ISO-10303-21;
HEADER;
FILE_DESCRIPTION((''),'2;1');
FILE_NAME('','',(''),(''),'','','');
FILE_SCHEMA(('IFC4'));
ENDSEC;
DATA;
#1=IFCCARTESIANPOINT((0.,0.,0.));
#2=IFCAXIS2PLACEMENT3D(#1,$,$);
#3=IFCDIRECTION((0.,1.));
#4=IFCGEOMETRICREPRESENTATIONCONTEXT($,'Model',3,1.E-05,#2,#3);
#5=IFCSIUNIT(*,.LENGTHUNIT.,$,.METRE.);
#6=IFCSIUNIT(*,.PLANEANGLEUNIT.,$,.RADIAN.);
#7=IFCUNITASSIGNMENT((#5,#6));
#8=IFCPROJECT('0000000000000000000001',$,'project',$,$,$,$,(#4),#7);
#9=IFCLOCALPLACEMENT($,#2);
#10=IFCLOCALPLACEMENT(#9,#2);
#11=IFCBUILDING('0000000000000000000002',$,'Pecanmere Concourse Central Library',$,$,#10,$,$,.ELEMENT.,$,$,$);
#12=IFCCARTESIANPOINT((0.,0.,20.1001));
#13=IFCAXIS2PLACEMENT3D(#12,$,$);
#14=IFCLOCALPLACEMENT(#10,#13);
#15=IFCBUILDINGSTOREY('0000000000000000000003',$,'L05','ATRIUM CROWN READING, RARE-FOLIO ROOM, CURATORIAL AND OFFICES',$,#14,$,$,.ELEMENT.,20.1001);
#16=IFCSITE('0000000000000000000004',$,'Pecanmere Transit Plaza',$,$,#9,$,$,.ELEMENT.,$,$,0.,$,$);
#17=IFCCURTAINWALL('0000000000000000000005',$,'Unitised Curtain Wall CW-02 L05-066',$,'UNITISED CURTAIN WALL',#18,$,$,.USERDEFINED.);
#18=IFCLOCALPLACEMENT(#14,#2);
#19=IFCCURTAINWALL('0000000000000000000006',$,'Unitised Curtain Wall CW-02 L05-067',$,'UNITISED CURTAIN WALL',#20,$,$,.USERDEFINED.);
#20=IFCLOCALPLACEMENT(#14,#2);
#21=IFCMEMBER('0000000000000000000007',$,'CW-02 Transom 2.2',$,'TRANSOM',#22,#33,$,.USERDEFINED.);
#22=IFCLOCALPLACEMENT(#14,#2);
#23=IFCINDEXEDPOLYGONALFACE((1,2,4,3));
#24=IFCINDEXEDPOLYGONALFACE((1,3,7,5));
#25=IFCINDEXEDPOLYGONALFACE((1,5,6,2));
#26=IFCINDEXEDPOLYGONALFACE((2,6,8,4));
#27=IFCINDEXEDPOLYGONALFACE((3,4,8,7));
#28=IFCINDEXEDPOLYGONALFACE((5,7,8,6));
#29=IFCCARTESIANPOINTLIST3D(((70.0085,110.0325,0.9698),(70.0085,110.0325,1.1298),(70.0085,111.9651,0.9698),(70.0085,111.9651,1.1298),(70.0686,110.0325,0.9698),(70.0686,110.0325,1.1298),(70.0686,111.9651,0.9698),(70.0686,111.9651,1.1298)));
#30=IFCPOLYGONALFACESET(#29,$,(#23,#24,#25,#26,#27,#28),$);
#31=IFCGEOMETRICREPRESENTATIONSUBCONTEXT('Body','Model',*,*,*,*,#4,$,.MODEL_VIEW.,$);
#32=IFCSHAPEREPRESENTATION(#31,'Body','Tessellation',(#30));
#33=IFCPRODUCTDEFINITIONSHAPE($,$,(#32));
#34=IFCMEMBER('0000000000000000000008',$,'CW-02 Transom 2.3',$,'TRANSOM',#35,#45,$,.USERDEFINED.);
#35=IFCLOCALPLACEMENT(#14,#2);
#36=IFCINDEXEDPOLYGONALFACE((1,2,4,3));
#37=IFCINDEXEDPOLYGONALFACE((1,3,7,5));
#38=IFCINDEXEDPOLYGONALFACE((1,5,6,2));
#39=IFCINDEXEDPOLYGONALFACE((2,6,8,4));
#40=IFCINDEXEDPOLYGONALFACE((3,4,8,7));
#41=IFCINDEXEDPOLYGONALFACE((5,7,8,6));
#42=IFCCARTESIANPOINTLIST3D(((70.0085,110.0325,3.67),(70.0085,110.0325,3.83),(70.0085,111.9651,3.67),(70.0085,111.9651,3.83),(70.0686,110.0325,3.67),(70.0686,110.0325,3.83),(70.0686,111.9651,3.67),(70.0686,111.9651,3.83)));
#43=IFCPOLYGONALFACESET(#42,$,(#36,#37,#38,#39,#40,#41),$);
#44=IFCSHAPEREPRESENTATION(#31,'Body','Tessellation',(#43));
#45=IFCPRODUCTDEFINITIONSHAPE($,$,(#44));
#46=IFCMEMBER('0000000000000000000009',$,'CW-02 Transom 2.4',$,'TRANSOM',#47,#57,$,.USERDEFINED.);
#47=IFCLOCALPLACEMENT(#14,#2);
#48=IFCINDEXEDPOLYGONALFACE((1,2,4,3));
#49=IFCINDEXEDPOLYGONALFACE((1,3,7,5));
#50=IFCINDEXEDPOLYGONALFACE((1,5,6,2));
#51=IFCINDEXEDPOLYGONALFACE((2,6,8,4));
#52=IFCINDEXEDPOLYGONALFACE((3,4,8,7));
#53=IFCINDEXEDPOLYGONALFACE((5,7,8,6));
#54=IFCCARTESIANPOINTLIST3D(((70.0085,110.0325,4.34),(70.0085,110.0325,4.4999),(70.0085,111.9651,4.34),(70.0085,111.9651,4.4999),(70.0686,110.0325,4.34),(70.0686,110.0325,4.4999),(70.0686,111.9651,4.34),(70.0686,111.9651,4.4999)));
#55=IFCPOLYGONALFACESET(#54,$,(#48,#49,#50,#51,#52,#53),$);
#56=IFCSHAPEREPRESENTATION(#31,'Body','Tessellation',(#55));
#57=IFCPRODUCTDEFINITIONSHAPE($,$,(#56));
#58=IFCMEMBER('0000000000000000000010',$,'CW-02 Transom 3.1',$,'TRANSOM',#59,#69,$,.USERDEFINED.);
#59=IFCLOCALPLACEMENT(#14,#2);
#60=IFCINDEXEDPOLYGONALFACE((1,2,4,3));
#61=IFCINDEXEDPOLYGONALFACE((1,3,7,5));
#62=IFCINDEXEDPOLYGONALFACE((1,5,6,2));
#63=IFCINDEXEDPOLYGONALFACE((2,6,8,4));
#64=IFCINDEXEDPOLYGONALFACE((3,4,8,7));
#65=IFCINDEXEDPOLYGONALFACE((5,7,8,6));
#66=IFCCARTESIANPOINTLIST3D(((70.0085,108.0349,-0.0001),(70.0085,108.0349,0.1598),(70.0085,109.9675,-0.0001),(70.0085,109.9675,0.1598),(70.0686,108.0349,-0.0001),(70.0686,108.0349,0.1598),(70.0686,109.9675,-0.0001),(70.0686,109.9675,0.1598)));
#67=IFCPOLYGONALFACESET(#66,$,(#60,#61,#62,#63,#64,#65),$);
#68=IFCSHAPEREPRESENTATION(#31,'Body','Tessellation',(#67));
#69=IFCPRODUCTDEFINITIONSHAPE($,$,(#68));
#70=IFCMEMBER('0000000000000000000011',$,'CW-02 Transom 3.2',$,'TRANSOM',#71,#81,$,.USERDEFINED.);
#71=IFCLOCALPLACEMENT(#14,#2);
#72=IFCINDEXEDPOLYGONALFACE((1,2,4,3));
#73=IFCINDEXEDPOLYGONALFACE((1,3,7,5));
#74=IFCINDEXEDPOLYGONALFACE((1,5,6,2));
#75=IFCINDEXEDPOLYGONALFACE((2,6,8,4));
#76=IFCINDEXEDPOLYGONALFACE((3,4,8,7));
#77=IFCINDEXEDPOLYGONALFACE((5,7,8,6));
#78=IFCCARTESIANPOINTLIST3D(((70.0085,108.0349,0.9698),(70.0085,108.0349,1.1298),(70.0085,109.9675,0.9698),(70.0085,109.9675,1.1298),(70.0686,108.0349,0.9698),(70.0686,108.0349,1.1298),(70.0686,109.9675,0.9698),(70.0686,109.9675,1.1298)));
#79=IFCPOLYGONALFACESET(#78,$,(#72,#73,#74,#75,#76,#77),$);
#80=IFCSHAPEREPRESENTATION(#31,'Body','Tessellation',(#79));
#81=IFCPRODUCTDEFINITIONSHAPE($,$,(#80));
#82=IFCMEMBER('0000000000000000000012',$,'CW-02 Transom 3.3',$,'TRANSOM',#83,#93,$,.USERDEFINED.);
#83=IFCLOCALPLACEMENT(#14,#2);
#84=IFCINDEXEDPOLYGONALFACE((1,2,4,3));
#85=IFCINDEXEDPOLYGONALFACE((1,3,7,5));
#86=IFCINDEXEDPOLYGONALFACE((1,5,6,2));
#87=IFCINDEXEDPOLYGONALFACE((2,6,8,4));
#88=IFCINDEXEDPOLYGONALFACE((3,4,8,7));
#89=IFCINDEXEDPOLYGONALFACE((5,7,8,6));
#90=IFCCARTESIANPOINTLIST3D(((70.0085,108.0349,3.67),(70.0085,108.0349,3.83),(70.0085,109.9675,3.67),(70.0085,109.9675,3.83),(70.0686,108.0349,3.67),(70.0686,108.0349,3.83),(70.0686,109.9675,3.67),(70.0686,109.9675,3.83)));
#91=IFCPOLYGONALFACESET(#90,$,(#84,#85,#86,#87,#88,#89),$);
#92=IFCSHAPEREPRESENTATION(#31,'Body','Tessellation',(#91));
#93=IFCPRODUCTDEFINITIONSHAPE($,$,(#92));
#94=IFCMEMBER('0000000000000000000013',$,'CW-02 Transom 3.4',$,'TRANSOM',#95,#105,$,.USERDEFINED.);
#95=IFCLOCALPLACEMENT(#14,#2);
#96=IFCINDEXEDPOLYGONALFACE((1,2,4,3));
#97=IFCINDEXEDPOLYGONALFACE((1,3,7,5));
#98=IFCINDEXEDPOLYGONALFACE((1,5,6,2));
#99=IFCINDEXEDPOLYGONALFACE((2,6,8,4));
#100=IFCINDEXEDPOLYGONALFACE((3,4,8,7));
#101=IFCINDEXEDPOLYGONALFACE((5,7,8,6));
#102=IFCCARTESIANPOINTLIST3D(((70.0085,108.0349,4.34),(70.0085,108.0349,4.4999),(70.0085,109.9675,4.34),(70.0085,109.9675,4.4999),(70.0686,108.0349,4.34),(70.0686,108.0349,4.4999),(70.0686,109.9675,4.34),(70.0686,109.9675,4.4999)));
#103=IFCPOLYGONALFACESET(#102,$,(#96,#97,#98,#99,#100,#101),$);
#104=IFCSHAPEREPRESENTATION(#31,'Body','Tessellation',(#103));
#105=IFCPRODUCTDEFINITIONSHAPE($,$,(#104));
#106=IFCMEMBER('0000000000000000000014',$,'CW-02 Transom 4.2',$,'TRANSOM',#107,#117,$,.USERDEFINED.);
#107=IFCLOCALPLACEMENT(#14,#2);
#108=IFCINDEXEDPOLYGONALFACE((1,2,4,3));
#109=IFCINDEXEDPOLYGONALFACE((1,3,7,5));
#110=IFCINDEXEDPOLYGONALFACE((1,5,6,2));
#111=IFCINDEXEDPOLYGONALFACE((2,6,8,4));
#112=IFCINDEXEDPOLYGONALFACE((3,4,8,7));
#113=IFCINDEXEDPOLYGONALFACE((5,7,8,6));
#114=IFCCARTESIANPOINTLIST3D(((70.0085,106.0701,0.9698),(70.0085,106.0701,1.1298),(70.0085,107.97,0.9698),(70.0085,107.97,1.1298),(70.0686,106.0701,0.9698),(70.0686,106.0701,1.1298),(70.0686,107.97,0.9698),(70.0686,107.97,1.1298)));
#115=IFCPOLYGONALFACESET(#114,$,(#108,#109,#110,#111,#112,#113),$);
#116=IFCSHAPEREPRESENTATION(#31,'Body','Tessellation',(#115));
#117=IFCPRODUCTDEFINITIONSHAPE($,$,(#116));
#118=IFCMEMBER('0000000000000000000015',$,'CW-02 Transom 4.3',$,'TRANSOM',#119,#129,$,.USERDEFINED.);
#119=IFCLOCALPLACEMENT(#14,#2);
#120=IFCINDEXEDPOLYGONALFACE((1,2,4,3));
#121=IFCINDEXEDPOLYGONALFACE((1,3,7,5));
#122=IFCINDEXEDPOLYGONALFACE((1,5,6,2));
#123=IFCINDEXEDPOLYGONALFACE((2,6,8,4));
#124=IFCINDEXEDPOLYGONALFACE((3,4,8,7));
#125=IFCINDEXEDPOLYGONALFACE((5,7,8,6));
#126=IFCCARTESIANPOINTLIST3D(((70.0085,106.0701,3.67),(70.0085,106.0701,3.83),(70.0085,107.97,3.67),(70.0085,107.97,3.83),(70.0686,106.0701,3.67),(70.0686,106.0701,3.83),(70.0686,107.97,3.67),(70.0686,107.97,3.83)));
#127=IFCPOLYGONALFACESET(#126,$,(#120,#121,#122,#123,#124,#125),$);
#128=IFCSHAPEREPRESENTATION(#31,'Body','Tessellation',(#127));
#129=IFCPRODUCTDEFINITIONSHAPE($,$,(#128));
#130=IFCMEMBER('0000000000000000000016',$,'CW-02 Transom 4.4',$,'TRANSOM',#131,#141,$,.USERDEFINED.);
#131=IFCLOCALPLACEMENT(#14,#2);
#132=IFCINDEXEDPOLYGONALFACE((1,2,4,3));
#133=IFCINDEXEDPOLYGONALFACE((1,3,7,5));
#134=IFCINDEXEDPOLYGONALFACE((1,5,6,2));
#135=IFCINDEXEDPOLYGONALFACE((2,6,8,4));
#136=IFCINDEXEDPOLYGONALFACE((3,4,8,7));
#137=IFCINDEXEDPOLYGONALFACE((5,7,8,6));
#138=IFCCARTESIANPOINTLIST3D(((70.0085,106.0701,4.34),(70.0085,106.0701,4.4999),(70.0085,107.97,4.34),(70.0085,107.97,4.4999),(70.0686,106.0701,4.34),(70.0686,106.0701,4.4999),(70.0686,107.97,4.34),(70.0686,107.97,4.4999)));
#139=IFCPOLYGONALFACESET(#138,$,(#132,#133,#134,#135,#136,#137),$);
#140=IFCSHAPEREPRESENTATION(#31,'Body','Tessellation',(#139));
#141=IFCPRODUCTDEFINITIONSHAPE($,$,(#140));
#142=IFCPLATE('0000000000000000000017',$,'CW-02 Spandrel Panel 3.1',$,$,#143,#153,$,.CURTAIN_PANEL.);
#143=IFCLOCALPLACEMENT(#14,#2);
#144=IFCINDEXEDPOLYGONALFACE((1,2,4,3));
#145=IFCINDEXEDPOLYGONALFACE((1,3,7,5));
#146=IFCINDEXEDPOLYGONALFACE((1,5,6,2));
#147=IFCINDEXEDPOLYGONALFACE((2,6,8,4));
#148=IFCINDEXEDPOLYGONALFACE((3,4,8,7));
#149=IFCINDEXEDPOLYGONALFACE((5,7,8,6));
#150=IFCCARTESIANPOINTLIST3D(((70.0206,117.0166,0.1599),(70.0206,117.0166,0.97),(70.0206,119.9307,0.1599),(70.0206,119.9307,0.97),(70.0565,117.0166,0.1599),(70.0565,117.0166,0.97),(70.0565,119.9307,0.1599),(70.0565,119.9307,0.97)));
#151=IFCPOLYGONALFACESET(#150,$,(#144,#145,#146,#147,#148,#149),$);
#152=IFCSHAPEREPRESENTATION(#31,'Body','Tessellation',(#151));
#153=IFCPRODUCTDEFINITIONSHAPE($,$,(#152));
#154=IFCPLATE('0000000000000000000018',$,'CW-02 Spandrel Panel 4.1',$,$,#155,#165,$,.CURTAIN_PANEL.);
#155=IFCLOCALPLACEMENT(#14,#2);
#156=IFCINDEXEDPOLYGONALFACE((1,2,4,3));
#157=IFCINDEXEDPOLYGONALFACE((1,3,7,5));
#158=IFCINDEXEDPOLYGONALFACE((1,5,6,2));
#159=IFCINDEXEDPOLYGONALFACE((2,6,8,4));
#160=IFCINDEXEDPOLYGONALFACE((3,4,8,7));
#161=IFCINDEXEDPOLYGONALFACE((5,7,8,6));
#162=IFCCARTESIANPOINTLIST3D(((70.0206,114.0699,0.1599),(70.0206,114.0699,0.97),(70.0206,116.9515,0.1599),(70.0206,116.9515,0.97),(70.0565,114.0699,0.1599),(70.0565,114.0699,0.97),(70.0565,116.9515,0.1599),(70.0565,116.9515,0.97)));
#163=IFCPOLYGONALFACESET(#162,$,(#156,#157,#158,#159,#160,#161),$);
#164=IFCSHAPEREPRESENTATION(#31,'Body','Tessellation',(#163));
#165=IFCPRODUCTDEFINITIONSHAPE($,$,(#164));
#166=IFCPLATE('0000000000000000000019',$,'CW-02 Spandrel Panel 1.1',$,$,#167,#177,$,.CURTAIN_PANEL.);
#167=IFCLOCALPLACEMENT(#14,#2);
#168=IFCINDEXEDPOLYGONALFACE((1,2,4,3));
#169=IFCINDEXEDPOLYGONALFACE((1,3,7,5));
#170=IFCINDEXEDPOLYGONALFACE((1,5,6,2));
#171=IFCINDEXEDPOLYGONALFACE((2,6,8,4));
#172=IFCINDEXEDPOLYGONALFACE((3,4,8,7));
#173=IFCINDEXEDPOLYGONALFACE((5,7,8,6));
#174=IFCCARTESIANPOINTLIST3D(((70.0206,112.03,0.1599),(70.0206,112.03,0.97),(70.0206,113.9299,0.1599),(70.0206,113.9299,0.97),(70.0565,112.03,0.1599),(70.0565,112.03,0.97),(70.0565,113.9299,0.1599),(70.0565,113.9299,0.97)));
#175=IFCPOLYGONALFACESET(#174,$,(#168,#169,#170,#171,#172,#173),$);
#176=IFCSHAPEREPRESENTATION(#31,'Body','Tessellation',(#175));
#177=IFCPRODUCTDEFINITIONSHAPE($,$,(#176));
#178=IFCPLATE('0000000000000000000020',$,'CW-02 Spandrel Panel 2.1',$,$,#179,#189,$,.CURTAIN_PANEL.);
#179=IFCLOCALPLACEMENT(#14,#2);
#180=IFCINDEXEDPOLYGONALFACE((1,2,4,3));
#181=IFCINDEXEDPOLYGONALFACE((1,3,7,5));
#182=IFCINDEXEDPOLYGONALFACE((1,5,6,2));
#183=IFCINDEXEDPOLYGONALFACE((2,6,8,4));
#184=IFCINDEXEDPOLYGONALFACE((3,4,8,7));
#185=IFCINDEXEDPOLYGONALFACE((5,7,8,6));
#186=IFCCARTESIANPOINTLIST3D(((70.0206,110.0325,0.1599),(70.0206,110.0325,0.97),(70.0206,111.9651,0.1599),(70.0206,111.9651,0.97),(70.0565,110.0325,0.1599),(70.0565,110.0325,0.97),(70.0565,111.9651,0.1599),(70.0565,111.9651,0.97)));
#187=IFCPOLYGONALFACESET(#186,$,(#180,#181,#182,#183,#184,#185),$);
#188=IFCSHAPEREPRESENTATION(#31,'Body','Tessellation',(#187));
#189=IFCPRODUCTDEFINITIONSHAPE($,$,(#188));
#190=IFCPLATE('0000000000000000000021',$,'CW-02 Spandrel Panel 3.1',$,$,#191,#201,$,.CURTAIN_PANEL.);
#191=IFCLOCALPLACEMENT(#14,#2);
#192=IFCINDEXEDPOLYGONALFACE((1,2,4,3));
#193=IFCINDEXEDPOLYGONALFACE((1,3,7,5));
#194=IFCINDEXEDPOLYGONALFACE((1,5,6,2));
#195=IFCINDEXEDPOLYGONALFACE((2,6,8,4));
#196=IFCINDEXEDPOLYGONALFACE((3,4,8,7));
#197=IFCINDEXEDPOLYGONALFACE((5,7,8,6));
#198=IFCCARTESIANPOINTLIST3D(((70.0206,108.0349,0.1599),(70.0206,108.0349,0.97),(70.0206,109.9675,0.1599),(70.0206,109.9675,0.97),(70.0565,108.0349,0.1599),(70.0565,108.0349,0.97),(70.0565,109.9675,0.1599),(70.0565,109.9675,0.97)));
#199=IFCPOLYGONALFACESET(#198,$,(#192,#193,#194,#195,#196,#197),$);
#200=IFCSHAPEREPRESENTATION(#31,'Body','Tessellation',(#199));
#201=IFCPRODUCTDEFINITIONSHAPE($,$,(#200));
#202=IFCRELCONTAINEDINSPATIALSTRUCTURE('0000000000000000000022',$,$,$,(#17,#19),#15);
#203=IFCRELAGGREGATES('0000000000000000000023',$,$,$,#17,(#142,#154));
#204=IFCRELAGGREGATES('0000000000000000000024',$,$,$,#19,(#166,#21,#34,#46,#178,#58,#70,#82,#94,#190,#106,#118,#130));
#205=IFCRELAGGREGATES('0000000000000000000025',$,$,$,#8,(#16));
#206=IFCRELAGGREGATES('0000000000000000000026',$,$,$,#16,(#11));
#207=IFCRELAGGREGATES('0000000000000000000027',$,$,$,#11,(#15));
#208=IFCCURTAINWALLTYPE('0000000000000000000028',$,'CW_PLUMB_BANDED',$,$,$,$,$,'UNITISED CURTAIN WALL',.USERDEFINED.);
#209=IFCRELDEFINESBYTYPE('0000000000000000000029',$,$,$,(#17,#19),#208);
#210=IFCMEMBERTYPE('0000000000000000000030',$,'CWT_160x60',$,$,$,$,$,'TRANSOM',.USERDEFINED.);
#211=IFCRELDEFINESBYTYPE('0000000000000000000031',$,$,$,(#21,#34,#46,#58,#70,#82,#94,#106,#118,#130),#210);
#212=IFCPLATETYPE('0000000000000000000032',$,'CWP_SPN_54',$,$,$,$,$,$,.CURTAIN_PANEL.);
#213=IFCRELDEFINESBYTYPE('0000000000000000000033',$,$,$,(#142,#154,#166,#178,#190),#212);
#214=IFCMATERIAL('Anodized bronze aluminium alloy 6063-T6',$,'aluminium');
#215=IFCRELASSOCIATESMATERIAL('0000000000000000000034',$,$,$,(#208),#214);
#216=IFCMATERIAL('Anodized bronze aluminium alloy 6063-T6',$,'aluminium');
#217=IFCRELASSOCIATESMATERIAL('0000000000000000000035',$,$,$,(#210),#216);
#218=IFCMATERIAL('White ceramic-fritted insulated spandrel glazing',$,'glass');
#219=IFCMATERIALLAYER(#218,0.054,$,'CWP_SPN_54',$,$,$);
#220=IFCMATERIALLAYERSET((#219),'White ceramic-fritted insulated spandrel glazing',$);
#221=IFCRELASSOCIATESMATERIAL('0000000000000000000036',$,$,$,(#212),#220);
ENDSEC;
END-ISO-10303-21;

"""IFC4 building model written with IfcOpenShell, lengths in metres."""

from ifc_helpers import new_model, si_unit, direction, frame, origin, origin_2d, place, context, subcontext, project, spatial, rectangle, extrude, material, layer, layer_set, material_profile, profile_set, type_object, element, aggregate, save


model = new_model("IFC4")

# Units and contexts
model_context = context("Model", 3, precision=1e-05, world=origin(), true_north=direction((0.0, 1.0)))
body_context = subcontext(model_context, "Body", "Model", "MODEL_VIEW")
ifc_project = project(units=[si_unit("LENGTHUNIT", "METRE"), si_unit("PLANEANGLEUNIT", "RADIAN")], contexts=[model_context])

# Site, building, storey
site_placement = place(None, origin())
site = spatial("IfcSite", under=ifc_project, at=site_placement, Name="Pecanmere Transit Plaza", CompositionType="ELEMENT", RefElevation=0.0)
building_placement = place(site_placement, origin())
building = spatial("IfcBuilding", under=site, at=building_placement, Name="Pecanmere Concourse Central Library", CompositionType="ELEMENT")
storey_placement = place(building_placement, frame((0.0, 0.0, 20.1001)))
storey = spatial("IfcBuildingStorey", under=building, at=storey_placement, Name="L05", Description="ATRIUM CROWN READING, RARE-FOLIO ROOM, CURATORIAL AND OFFICES", CompositionType="ELEMENT", Elevation=20.1001)

# Curtain walls
ifc_material_1 = material(Name="Anodized bronze aluminium alloy 6063-T6", Category="aluminium")
curtain_wall_type = type_object("IfcCurtainWallType", Name="CW_PLUMB_BANDED", ElementType="UNITISED CURTAIN WALL", PredefinedType="USERDEFINED", material=ifc_material_1)
curtain_wall_1_placement = place(storey_placement, origin())
curtain_wall_1 = element("IfcCurtainWall", 1, at=curtain_wall_1_placement, inside=storey, type_object=curtain_wall_type, Name="Unitised Curtain Wall CW-02 L05-066", ObjectType="UNITISED CURTAIN WALL", PredefinedType="USERDEFINED")
curtain_wall_2_placement = place(storey_placement, origin())
curtain_wall_2 = element("IfcCurtainWall", 2, at=curtain_wall_2_placement, inside=storey, type_object=curtain_wall_type, Name="Unitised Curtain Wall CW-02 L05-067", ObjectType="UNITISED CURTAIN WALL", PredefinedType="USERDEFINED")

# Members
ifc_material_2 = material(Name="Anodized bronze aluminium alloy 6063-T6", Category="aluminium")
ifc_material_profile_1 = material_profile(ifc_material_2, rectangle(XDim=0.0601, YDim=0.1599, at=origin_2d()), Name="AL 60x160")
ifc_profile_set_1 = profile_set([ifc_material_profile_1], Name="Anodized bronze aluminium alloy 6063-T6")
member_type_1 = type_object("IfcMemberType", Name="CWT_160x60", ElementType="TRANSOM", PredefinedType="USERDEFINED", material=ifc_profile_set_1)
member_1_placement = place(storey_placement, frame((70.0386, 111.9651, 1.0498), z_axis=(0.0, -1.0, 0.0), x_axis=(1.0, 0.0, 0.0)))
member_1 = element("IfcMember", 3, at=member_1_placement, type_object=member_type_1, Name="CW-02 Transom 2.2", ObjectType="TRANSOM", PredefinedType="USERDEFINED", context=body_context, shape_type="SweptSolid", body=[
    extrude(rectangle(XDim=0.0601, YDim=0.1599, at=origin_2d()), origin(), (0.0, 0.0, 1.0), 1.9326),
])
member_2_placement = place(storey_placement, frame((70.0386, 111.9651, 3.75), z_axis=(0.0, -1.0, 0.0), x_axis=(1.0, 0.0, 0.0)))
member_2 = element("IfcMember", 4, at=member_2_placement, type_object=member_type_1, Name="CW-02 Transom 2.3", ObjectType="TRANSOM", PredefinedType="USERDEFINED", context=body_context, shape_type="SweptSolid", body=[
    extrude(rectangle(XDim=0.0601, YDim=0.1599, at=origin_2d()), origin(), (0.0, 0.0, 1.0), 1.9326),
])
member_3_placement = place(storey_placement, frame((70.0386, 111.9651, 4.4199), z_axis=(0.0, -1.0, 0.0), x_axis=(1.0, 0.0, 0.0)))
member_3 = element("IfcMember", 5, at=member_3_placement, type_object=member_type_1, Name="CW-02 Transom 2.4", ObjectType="TRANSOM", PredefinedType="USERDEFINED", context=body_context, shape_type="SweptSolid", body=[
    extrude(rectangle(XDim=0.0601, YDim=0.1599, at=origin_2d()), origin(), (0.0, 0.0, 1.0), 1.9326),
])
member_4_placement = place(storey_placement, frame((70.0386, 109.9675, 0.0798), z_axis=(0.0, -1.0, 0.0), x_axis=(1.0, 0.0, 0.0)))
member_4 = element("IfcMember", 6, at=member_4_placement, type_object=member_type_1, Name="CW-02 Transom 3.1", ObjectType="TRANSOM", PredefinedType="USERDEFINED", context=body_context, shape_type="SweptSolid", body=[
    extrude(rectangle(XDim=0.0601, YDim=0.1599, at=origin_2d()), origin(), (0.0, 0.0, 1.0), 1.9326),
])
member_5_placement = place(storey_placement, frame((70.0386, 109.9675, 1.0498), z_axis=(0.0, -1.0, 0.0), x_axis=(1.0, 0.0, 0.0)))
member_5 = element("IfcMember", 7, at=member_5_placement, type_object=member_type_1, Name="CW-02 Transom 3.2", ObjectType="TRANSOM", PredefinedType="USERDEFINED", context=body_context, shape_type="SweptSolid", body=[
    extrude(rectangle(XDim=0.0601, YDim=0.1599, at=origin_2d()), origin(), (0.0, 0.0, 1.0), 1.9326),
])
member_6_placement = place(storey_placement, frame((70.0386, 109.9675, 3.75), z_axis=(0.0, -1.0, 0.0), x_axis=(1.0, 0.0, 0.0)))
member_6 = element("IfcMember", 8, at=member_6_placement, type_object=member_type_1, Name="CW-02 Transom 3.3", ObjectType="TRANSOM", PredefinedType="USERDEFINED", context=body_context, shape_type="SweptSolid", body=[
    extrude(rectangle(XDim=0.0601, YDim=0.1599, at=origin_2d()), origin(), (0.0, 0.0, 1.0), 1.9326),
])
member_7_placement = place(storey_placement, frame((70.0386, 109.9675, 4.4199), z_axis=(0.0, -1.0, 0.0), x_axis=(1.0, 0.0, 0.0)))
member_7 = element("IfcMember", 9, at=member_7_placement, type_object=member_type_1, Name="CW-02 Transom 3.4", ObjectType="TRANSOM", PredefinedType="USERDEFINED", context=body_context, shape_type="SweptSolid", body=[
    extrude(rectangle(XDim=0.0601, YDim=0.1599, at=origin_2d()), origin(), (0.0, 0.0, 1.0), 1.9326),
])
member_8_placement = place(storey_placement, frame((70.0386, 107.97, 1.0498), z_axis=(0.0, -1.0, 0.0), x_axis=(1.0, 0.0, 0.0)))
member_8 = element("IfcMember", 10, at=member_8_placement, type_object=member_type_1, Name="CW-02 Transom 4.2", ObjectType="TRANSOM", PredefinedType="USERDEFINED", context=body_context, shape_type="SweptSolid", body=[
    extrude(rectangle(XDim=0.0601, YDim=0.1599, at=origin_2d()), origin(), (0.0, 0.0, 1.0), 1.8999),
])
member_9_placement = place(storey_placement, frame((70.0386, 107.97, 3.75), z_axis=(0.0, -1.0, 0.0), x_axis=(1.0, 0.0, 0.0)))
member_9 = element("IfcMember", 11, at=member_9_placement, type_object=member_type_1, Name="CW-02 Transom 4.3", ObjectType="TRANSOM", PredefinedType="USERDEFINED", context=body_context, shape_type="SweptSolid", body=[
    extrude(rectangle(XDim=0.0601, YDim=0.1599, at=origin_2d()), origin(), (0.0, 0.0, 1.0), 1.8999),
])
member_10_placement = place(storey_placement, frame((70.0386, 107.97, 4.4199), z_axis=(0.0, -1.0, 0.0), x_axis=(1.0, 0.0, 0.0)))
member_10 = element("IfcMember", 12, at=member_10_placement, type_object=member_type_1, Name="CW-02 Transom 4.4", ObjectType="TRANSOM", PredefinedType="USERDEFINED", context=body_context, shape_type="SweptSolid", body=[
    extrude(rectangle(XDim=0.0601, YDim=0.1599, at=origin_2d()), origin(), (0.0, 0.0, 1.0), 1.8999),
])

# Plates
ifc_material_3 = material(Name="White ceramic-fritted insulated spandrel glazing", Category="glass")
ifc_layer_1 = layer(ifc_material_3, 0.054, Name="CWP_SPN_54")
ifc_layer_set_1 = layer_set([ifc_layer_1], Name="White ceramic-fritted insulated spandrel glazing")
plate_type_1 = type_object("IfcPlateType", Name="CWP_SPN_54", PredefinedType="CURTAIN_PANEL", material=ifc_layer_set_1)
plate_1_placement = place(storey_placement, frame((70.0386, 118.4736, 0.1599), z_axis=(0.0, 0.0, 1.0), x_axis=(0.0, -1.0, 0.0)))
plate_1 = element("IfcPlate", 13, at=plate_1_placement, type_object=plate_type_1, Name="CW-02 Spandrel Panel 3.1", PredefinedType="CURTAIN_PANEL", context=body_context, shape_type="SweptSolid", body=[
    extrude(rectangle(XDim=2.9141, YDim=0.0359, at=origin_2d()), origin(), (0.0, 0.0, 1.0), 0.8101),
])
plate_2_placement = place(storey_placement, frame((70.0386, 115.5107, 0.1599), z_axis=(0.0, 0.0, 1.0), x_axis=(0.0, -1.0, 0.0)))
plate_2 = element("IfcPlate", 14, at=plate_2_placement, type_object=plate_type_1, Name="CW-02 Spandrel Panel 4.1", PredefinedType="CURTAIN_PANEL", context=body_context, shape_type="SweptSolid", body=[
    extrude(rectangle(XDim=2.8816, YDim=0.0359, at=origin_2d()), origin(), (0.0, 0.0, 1.0), 0.8101),
])
plate_3_placement = place(storey_placement, frame((70.0386, 112.98, 0.1599), z_axis=(0.0, 0.0, 1.0), x_axis=(0.0, -1.0, 0.0)))
plate_3 = element("IfcPlate", 15, at=plate_3_placement, type_object=plate_type_1, Name="CW-02 Spandrel Panel 1.1", PredefinedType="CURTAIN_PANEL", context=body_context, shape_type="SweptSolid", body=[
    extrude(rectangle(XDim=1.8999, YDim=0.0359, at=origin_2d()), origin(), (0.0, 0.0, 1.0), 0.8101),
])
plate_4_placement = place(storey_placement, frame((70.0386, 110.9988, 0.1599), z_axis=(0.0, 0.0, 1.0), x_axis=(0.0, -1.0, 0.0)))
plate_4 = element("IfcPlate", 16, at=plate_4_placement, type_object=plate_type_1, Name="CW-02 Spandrel Panel 2.1", PredefinedType="CURTAIN_PANEL", context=body_context, shape_type="SweptSolid", body=[
    extrude(rectangle(XDim=1.9326, YDim=0.0359, at=origin_2d()), origin(), (0.0, 0.0, 1.0), 0.8101),
])
plate_5_placement = place(storey_placement, frame((70.0386, 109.0012, 0.1599), z_axis=(0.0, 0.0, 1.0), x_axis=(0.0, -1.0, 0.0)))
plate_5 = element("IfcPlate", 17, at=plate_5_placement, type_object=plate_type_1, Name="CW-02 Spandrel Panel 3.1", PredefinedType="CURTAIN_PANEL", context=body_context, shape_type="SweptSolid", body=[
    extrude(rectangle(XDim=1.9326, YDim=0.0359, at=origin_2d()), origin(), (0.0, 0.0, 1.0), 0.8101),
])
aggregate(curtain_wall_1, [plate_1, plate_2])
aggregate(curtain_wall_2, [plate_3, member_1, member_2, member_3, plate_4, member_4, member_5, member_6, member_7, plate_5, member_8, member_9, member_10])

save(model, "model.ifc")
